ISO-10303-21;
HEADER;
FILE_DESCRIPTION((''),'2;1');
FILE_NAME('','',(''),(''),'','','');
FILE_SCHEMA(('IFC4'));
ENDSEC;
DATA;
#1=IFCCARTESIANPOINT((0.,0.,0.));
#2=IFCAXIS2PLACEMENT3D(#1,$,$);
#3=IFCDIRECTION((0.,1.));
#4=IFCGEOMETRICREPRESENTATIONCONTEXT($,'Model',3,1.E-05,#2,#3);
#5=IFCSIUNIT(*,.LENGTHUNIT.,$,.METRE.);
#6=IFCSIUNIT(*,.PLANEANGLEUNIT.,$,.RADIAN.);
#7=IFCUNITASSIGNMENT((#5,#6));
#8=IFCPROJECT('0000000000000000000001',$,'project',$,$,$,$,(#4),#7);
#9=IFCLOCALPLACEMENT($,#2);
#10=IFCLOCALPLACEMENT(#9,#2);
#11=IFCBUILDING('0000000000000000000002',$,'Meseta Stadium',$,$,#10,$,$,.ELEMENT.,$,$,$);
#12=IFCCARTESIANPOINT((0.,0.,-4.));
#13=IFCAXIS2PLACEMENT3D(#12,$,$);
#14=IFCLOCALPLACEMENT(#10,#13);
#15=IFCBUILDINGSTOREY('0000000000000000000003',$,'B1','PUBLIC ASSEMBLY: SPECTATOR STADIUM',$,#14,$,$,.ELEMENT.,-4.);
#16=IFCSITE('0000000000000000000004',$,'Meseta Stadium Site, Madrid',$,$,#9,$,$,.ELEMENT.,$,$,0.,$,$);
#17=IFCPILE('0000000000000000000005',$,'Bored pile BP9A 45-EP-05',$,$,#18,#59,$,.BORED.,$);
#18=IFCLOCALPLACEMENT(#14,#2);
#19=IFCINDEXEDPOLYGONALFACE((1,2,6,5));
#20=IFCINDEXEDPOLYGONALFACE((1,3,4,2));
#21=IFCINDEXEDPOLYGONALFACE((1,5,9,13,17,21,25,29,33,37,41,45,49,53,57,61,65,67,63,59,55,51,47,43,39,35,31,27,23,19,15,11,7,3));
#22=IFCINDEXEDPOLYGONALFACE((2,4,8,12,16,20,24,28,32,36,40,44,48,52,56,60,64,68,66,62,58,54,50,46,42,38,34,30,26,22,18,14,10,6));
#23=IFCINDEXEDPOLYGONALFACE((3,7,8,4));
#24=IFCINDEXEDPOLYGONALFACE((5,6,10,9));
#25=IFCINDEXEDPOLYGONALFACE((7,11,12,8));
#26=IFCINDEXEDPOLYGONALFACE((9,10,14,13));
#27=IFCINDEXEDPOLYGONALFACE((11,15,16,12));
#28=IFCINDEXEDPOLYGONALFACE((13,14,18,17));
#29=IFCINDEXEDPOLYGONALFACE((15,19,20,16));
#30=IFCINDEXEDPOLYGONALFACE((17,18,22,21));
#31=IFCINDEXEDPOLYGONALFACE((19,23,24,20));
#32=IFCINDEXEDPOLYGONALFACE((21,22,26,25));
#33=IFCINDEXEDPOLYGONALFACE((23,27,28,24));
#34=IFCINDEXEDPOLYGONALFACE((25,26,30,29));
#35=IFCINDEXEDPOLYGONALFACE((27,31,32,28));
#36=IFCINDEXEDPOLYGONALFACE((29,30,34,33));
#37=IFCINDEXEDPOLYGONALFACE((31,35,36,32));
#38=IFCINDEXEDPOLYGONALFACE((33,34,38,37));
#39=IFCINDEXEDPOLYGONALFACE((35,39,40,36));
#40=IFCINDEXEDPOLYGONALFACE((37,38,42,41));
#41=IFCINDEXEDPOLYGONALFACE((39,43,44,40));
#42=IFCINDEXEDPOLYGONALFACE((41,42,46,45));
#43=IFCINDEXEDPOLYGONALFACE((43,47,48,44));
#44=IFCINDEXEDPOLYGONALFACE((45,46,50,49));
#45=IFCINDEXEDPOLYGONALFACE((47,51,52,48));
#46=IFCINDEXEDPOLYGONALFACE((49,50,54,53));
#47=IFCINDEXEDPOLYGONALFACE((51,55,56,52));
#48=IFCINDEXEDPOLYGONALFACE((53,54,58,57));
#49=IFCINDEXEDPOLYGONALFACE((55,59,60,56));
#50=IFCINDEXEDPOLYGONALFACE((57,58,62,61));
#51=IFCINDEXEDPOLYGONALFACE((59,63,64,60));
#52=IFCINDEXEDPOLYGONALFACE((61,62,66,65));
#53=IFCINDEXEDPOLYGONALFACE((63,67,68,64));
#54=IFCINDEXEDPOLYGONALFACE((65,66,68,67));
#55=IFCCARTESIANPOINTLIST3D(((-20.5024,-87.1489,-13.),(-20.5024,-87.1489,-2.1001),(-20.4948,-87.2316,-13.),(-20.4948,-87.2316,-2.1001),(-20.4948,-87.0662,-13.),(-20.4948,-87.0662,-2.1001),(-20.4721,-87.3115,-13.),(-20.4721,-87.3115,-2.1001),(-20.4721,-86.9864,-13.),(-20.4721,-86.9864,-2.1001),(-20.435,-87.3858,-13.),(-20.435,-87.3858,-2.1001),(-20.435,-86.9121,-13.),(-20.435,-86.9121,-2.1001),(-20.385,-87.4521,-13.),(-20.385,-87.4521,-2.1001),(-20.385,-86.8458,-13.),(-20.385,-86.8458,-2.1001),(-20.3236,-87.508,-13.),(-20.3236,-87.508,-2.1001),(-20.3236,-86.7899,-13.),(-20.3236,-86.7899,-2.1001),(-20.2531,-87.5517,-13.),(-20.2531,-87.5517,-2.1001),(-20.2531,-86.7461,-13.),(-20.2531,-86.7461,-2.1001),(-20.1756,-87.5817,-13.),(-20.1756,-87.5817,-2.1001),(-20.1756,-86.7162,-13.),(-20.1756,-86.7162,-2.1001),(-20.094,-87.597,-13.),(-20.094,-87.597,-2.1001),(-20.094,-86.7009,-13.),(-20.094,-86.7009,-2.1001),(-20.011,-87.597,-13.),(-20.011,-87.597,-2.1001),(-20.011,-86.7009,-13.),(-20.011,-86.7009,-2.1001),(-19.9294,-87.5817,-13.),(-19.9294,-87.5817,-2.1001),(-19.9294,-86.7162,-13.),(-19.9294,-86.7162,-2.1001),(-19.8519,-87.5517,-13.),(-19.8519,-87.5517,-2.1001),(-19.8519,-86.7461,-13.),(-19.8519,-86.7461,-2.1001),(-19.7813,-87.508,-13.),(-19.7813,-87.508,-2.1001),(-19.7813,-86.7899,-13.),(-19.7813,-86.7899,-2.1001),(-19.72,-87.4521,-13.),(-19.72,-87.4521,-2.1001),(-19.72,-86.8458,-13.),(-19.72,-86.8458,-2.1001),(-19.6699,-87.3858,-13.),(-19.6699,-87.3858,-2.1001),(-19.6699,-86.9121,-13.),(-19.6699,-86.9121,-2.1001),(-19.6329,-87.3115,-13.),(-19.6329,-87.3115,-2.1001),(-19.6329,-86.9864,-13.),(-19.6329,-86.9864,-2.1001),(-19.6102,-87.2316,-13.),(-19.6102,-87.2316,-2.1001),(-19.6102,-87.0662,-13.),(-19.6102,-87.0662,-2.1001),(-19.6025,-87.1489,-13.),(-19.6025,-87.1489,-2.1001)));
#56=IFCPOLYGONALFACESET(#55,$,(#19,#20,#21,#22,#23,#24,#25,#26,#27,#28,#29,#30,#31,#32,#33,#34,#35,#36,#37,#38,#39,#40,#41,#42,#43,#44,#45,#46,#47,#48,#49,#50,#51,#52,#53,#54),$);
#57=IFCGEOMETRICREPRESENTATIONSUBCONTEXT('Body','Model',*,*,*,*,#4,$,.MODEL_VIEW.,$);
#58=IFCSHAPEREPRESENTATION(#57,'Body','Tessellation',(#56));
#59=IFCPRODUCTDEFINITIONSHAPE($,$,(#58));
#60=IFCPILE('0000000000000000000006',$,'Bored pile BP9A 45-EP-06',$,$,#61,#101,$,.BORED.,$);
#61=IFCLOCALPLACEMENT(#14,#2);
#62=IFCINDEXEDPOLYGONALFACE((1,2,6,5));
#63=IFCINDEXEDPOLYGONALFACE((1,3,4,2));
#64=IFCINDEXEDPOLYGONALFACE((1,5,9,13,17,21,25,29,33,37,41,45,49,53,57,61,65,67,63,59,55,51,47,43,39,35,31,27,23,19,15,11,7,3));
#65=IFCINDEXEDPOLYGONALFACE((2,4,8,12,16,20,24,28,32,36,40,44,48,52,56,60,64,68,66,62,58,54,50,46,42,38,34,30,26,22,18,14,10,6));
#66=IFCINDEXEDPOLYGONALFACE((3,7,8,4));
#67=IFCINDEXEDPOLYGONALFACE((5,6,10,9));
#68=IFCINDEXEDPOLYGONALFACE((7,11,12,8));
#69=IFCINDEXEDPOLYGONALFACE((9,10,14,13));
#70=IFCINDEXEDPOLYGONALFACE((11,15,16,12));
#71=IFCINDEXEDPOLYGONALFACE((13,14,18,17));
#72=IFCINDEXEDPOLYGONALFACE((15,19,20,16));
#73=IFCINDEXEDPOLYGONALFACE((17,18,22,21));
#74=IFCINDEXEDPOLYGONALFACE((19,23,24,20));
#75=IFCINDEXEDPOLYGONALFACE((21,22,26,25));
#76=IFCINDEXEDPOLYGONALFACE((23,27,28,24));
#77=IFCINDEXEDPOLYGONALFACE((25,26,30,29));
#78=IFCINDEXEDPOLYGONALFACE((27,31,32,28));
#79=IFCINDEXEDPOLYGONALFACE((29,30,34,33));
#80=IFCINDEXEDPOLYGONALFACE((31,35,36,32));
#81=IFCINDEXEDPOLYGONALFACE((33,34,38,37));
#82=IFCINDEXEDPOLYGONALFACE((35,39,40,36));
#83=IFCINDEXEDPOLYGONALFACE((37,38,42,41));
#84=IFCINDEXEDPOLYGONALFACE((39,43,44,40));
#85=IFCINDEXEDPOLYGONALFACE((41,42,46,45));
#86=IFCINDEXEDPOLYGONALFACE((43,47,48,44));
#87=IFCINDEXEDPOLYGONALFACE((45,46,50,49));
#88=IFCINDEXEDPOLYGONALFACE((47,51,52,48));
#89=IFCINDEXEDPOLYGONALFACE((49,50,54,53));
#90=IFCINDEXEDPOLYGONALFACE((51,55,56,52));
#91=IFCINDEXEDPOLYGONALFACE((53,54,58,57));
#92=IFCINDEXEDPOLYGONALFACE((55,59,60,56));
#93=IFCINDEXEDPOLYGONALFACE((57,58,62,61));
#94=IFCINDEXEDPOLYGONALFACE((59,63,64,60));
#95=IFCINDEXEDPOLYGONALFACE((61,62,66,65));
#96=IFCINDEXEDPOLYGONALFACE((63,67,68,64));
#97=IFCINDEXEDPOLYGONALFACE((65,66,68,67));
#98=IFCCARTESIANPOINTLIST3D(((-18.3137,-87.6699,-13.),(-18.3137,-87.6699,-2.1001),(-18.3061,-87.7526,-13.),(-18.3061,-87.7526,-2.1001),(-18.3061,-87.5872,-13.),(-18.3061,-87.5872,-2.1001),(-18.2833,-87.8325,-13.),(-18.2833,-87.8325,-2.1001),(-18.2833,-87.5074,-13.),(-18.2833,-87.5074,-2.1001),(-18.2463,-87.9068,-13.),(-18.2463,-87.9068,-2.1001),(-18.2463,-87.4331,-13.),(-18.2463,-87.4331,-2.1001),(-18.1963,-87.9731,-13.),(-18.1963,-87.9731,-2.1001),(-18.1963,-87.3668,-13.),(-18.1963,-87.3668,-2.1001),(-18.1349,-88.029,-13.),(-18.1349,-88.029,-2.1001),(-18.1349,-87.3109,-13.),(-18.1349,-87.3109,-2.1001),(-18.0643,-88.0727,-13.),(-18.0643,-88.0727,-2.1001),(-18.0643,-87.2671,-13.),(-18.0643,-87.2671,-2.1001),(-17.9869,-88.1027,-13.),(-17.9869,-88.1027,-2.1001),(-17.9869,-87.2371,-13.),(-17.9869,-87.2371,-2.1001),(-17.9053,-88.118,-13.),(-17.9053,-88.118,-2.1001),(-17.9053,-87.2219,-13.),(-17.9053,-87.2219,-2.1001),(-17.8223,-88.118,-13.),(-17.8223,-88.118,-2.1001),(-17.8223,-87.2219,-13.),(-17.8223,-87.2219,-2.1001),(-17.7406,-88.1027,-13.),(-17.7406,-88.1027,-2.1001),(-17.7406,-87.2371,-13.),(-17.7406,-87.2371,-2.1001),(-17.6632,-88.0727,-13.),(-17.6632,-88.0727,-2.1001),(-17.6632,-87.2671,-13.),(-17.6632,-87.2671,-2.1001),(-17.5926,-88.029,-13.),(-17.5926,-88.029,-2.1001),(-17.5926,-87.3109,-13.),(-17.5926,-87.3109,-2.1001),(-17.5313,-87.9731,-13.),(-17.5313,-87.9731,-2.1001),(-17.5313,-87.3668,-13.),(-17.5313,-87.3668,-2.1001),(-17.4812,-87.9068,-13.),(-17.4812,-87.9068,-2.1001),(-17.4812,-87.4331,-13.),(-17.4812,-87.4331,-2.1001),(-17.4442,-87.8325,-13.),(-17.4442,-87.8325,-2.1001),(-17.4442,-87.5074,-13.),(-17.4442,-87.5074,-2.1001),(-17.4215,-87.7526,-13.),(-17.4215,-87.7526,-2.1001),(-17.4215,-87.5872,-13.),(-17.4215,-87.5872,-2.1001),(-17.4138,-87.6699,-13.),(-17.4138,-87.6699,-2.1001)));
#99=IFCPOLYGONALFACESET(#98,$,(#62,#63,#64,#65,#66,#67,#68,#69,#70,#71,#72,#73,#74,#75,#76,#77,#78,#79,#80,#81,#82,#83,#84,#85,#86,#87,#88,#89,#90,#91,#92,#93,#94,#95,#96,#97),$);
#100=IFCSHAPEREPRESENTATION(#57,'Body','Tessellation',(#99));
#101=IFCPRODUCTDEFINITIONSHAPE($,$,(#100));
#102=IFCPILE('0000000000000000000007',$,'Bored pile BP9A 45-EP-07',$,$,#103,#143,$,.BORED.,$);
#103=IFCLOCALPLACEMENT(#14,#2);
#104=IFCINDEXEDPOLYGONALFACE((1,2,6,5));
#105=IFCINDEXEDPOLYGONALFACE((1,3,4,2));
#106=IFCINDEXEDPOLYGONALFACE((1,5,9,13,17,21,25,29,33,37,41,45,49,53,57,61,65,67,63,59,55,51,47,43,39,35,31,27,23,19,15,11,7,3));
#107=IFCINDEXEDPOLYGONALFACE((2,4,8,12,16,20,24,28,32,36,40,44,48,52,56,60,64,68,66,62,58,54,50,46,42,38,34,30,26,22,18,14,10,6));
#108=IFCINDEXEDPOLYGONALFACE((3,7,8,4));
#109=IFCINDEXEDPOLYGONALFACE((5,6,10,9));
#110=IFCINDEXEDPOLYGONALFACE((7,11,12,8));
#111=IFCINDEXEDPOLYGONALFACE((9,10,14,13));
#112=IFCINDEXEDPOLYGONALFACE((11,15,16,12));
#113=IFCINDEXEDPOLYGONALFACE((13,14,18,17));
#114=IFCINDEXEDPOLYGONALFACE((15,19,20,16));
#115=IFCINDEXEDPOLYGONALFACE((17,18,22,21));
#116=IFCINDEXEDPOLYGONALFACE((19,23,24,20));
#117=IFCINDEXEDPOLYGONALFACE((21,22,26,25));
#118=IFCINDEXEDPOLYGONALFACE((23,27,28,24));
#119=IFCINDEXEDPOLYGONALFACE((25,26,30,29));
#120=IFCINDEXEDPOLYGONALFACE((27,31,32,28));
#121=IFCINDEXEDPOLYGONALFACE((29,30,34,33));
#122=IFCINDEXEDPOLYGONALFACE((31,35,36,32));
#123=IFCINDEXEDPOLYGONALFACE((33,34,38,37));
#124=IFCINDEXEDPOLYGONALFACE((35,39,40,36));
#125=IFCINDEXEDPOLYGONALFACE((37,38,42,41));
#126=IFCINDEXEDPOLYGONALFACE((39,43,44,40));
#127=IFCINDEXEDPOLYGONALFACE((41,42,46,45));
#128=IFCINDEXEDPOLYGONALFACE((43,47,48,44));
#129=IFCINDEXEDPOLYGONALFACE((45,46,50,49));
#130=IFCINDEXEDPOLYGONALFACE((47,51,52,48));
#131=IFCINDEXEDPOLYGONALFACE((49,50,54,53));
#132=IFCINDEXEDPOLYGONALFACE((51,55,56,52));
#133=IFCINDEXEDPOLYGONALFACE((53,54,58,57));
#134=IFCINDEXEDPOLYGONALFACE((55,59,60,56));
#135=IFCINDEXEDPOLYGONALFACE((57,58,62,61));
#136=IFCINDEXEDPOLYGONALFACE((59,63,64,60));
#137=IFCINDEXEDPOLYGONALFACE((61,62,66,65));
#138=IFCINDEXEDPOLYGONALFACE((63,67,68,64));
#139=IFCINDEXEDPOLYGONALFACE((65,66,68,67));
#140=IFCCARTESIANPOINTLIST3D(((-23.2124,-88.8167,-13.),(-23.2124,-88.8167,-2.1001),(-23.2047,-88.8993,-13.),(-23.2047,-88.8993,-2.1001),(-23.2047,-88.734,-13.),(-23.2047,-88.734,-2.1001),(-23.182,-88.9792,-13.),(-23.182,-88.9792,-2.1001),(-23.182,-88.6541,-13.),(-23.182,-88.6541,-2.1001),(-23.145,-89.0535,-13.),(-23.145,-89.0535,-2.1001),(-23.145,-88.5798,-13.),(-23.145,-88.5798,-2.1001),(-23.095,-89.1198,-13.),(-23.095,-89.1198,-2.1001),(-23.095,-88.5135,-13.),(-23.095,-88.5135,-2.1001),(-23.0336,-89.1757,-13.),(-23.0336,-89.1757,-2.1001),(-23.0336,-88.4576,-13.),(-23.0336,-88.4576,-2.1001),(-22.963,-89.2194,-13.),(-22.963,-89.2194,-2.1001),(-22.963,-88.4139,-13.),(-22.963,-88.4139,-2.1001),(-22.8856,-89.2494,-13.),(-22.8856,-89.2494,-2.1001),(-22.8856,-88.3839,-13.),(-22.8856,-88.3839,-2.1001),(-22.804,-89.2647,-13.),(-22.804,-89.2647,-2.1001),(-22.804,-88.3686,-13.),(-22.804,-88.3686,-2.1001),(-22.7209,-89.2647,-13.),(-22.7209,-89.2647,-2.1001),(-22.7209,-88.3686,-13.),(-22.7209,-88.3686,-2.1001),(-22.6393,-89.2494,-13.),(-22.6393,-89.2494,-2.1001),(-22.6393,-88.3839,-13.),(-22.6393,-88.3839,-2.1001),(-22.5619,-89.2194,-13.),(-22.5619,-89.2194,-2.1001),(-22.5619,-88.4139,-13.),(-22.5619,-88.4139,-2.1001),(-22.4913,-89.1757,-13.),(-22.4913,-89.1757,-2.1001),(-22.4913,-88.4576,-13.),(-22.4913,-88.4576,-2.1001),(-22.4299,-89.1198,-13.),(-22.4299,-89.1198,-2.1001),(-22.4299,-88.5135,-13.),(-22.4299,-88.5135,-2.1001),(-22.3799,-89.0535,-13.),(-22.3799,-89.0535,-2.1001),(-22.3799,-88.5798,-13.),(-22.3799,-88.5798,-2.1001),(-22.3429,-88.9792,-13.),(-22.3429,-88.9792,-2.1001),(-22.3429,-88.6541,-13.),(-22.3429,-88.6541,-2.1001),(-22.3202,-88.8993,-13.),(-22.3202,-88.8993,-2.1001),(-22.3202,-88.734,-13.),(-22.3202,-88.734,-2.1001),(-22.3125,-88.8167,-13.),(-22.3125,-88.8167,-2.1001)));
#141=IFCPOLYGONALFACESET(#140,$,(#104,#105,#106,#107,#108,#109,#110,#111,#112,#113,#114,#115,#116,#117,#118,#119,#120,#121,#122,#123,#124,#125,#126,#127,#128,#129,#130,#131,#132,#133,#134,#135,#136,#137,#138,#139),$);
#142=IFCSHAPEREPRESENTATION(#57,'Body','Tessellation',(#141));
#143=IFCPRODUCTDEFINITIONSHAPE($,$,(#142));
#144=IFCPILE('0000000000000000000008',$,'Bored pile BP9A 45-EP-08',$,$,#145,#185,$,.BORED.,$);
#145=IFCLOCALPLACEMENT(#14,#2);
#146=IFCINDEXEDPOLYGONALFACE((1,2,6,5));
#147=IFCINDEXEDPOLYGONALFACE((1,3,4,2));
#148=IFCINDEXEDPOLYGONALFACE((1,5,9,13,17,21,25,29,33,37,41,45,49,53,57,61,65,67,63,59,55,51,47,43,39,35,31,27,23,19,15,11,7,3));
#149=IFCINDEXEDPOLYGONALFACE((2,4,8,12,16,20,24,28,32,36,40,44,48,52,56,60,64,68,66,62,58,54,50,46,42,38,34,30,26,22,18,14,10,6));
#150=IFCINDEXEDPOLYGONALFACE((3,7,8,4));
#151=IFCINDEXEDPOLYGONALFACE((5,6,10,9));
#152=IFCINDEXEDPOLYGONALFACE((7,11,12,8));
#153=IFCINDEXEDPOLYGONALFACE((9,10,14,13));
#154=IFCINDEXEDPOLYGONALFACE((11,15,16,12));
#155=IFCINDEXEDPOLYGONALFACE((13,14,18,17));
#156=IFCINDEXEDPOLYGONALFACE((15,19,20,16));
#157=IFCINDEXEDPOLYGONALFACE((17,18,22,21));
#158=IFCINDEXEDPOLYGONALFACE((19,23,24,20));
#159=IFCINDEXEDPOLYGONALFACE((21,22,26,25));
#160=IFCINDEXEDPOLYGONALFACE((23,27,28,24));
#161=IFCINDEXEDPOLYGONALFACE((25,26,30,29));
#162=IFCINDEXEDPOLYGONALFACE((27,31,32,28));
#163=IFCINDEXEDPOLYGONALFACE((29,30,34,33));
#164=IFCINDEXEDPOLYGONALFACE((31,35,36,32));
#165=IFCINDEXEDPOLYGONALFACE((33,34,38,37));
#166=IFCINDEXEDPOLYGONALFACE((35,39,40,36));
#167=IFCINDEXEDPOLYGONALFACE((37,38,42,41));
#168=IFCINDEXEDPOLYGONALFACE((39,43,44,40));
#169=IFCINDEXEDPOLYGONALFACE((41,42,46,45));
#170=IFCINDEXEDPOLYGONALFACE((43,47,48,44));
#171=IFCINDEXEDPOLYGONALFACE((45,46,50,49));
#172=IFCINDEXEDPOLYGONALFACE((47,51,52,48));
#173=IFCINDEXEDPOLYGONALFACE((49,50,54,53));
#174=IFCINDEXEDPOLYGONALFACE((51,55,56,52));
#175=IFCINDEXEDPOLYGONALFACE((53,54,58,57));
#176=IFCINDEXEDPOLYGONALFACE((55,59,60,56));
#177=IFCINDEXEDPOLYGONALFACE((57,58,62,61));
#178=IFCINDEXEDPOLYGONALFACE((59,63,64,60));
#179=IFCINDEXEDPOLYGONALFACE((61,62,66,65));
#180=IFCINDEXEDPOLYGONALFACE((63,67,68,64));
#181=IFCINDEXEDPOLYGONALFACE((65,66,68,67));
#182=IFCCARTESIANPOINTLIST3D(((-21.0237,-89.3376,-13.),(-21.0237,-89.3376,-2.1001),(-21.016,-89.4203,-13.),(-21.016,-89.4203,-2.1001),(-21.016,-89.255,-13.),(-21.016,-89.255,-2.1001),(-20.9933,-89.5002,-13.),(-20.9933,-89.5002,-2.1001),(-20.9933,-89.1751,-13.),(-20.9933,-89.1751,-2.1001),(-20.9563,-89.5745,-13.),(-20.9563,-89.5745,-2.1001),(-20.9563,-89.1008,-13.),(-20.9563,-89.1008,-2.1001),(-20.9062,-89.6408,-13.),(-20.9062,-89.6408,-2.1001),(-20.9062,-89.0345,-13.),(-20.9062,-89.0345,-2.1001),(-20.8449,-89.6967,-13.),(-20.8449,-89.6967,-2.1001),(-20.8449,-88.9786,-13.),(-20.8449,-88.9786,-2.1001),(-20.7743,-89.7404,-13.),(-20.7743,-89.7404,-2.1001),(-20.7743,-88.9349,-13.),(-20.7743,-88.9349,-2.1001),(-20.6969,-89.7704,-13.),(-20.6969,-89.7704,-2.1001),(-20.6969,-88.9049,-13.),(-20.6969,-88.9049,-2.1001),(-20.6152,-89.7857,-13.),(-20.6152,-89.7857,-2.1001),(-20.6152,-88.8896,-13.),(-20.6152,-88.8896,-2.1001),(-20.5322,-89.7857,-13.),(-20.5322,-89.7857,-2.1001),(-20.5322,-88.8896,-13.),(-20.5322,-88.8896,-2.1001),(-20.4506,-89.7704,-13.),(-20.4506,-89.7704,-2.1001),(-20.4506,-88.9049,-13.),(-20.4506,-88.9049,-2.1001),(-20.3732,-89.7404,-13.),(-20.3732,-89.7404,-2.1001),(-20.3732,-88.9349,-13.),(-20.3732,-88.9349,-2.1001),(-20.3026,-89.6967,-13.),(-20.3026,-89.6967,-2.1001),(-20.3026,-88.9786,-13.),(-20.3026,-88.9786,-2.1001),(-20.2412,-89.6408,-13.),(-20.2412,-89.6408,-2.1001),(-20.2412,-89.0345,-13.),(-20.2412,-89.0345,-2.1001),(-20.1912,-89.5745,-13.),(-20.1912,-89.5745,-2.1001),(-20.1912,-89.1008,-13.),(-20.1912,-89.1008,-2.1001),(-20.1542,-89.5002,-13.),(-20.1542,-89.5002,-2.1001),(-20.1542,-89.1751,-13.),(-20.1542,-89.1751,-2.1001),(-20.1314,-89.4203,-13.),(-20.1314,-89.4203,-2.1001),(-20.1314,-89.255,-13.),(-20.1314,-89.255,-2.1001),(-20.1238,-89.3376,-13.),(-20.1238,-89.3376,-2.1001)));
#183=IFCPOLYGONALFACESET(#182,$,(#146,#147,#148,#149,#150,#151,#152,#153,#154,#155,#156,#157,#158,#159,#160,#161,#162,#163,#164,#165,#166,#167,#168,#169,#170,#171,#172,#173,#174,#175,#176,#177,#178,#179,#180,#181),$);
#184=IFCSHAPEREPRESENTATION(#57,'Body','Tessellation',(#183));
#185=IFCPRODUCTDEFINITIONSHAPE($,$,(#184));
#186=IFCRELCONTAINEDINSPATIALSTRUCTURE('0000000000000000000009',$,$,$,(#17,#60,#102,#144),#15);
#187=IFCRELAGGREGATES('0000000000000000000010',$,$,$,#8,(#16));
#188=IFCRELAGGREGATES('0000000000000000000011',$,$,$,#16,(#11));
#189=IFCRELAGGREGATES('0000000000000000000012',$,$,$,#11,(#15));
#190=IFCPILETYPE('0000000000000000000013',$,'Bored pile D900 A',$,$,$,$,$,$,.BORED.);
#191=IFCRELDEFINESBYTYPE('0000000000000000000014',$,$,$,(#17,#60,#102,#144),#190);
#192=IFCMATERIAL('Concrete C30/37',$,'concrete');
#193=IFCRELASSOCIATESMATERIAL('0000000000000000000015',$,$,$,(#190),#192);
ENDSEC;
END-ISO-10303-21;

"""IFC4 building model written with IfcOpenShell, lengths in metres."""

from ifc_helpers import new_model, si_unit, direction, frame, origin, origin_2d, place, context, subcontext, project, spatial, circle, extrude, material, material_profile, profile_set, type_object, element, save


model = new_model("IFC4")

# Units and contexts
model_context = context("Model", 3, precision=1e-05, world=origin(), true_north=direction((0.0, 1.0)))
body_context = subcontext(model_context, "Body", "Model", "MODEL_VIEW")
ifc_project = project(units=[si_unit("LENGTHUNIT", "METRE"), si_unit("PLANEANGLEUNIT", "RADIAN")], contexts=[model_context])

# Site, building, storey
site_placement = place(None, origin())
site = spatial("IfcSite", under=ifc_project, at=site_placement, Name="Meseta Stadium Site, Madrid", CompositionType="ELEMENT", RefElevation=0.0)
building_placement = place(site_placement, origin())
building = spatial("IfcBuilding", under=site, at=building_placement, Name="Meseta Stadium", CompositionType="ELEMENT")
storey_placement = place(building_placement, frame((0.0, 0.0, -4.0)))
storey = spatial("IfcBuildingStorey", under=building, at=storey_placement, Name="B1", Description="PUBLIC ASSEMBLY: SPECTATOR STADIUM", CompositionType="ELEMENT", Elevation=-4.0)

# Piles
ifc_material_1 = material(Name="Concrete C30/37", Category="concrete")
ifc_material_profile_1 = material_profile(ifc_material_1, circle(Radius=0.45, at=origin_2d()), Name="D900")
ifc_profile_set_1 = profile_set([ifc_material_profile_1], Name="Concrete C30/37")
pile_type = type_object("IfcPileType", Name="Bored pile D900 A", PredefinedType="BORED", material=ifc_profile_set_1)
for number, where, z_axis, x_axis, name in (
    (1, (-20.0525, -87.1489, -2.1001), (0.0, 0.0, -1.0), (1.0, 0.0, 0.0), "Bored pile BP9A 45-EP-05"),
    (2, (-17.8638, -87.6699, -2.1001), (0.0, 0.0, -1.0), (1.0, 0.0, 0.0), "Bored pile BP9A 45-EP-06"),
    (3, (-22.7625, -88.8167, -2.1001), (0.0, 0.0, -1.0), (1.0, 0.0, 0.0), "Bored pile BP9A 45-EP-07"),
    (4, (-20.5737, -89.3376, -2.1001), (0.0, 0.0, -1.0), (1.0, 0.0, 0.0), "Bored pile BP9A 45-EP-08"),
):
    element("IfcPile", number, at=place(storey_placement, frame(where, z_axis=z_axis, x_axis=x_axis)), inside=storey, type_object=pile_type, Name=name, PredefinedType="BORED", context=body_context, shape_type="SweptSolid", body=[
        extrude(circle(Radius=0.45, at=origin_2d()), origin(), (0.0, 0.0, 1.0), 10.8999),
    ])

save(model, "model.ifc")
